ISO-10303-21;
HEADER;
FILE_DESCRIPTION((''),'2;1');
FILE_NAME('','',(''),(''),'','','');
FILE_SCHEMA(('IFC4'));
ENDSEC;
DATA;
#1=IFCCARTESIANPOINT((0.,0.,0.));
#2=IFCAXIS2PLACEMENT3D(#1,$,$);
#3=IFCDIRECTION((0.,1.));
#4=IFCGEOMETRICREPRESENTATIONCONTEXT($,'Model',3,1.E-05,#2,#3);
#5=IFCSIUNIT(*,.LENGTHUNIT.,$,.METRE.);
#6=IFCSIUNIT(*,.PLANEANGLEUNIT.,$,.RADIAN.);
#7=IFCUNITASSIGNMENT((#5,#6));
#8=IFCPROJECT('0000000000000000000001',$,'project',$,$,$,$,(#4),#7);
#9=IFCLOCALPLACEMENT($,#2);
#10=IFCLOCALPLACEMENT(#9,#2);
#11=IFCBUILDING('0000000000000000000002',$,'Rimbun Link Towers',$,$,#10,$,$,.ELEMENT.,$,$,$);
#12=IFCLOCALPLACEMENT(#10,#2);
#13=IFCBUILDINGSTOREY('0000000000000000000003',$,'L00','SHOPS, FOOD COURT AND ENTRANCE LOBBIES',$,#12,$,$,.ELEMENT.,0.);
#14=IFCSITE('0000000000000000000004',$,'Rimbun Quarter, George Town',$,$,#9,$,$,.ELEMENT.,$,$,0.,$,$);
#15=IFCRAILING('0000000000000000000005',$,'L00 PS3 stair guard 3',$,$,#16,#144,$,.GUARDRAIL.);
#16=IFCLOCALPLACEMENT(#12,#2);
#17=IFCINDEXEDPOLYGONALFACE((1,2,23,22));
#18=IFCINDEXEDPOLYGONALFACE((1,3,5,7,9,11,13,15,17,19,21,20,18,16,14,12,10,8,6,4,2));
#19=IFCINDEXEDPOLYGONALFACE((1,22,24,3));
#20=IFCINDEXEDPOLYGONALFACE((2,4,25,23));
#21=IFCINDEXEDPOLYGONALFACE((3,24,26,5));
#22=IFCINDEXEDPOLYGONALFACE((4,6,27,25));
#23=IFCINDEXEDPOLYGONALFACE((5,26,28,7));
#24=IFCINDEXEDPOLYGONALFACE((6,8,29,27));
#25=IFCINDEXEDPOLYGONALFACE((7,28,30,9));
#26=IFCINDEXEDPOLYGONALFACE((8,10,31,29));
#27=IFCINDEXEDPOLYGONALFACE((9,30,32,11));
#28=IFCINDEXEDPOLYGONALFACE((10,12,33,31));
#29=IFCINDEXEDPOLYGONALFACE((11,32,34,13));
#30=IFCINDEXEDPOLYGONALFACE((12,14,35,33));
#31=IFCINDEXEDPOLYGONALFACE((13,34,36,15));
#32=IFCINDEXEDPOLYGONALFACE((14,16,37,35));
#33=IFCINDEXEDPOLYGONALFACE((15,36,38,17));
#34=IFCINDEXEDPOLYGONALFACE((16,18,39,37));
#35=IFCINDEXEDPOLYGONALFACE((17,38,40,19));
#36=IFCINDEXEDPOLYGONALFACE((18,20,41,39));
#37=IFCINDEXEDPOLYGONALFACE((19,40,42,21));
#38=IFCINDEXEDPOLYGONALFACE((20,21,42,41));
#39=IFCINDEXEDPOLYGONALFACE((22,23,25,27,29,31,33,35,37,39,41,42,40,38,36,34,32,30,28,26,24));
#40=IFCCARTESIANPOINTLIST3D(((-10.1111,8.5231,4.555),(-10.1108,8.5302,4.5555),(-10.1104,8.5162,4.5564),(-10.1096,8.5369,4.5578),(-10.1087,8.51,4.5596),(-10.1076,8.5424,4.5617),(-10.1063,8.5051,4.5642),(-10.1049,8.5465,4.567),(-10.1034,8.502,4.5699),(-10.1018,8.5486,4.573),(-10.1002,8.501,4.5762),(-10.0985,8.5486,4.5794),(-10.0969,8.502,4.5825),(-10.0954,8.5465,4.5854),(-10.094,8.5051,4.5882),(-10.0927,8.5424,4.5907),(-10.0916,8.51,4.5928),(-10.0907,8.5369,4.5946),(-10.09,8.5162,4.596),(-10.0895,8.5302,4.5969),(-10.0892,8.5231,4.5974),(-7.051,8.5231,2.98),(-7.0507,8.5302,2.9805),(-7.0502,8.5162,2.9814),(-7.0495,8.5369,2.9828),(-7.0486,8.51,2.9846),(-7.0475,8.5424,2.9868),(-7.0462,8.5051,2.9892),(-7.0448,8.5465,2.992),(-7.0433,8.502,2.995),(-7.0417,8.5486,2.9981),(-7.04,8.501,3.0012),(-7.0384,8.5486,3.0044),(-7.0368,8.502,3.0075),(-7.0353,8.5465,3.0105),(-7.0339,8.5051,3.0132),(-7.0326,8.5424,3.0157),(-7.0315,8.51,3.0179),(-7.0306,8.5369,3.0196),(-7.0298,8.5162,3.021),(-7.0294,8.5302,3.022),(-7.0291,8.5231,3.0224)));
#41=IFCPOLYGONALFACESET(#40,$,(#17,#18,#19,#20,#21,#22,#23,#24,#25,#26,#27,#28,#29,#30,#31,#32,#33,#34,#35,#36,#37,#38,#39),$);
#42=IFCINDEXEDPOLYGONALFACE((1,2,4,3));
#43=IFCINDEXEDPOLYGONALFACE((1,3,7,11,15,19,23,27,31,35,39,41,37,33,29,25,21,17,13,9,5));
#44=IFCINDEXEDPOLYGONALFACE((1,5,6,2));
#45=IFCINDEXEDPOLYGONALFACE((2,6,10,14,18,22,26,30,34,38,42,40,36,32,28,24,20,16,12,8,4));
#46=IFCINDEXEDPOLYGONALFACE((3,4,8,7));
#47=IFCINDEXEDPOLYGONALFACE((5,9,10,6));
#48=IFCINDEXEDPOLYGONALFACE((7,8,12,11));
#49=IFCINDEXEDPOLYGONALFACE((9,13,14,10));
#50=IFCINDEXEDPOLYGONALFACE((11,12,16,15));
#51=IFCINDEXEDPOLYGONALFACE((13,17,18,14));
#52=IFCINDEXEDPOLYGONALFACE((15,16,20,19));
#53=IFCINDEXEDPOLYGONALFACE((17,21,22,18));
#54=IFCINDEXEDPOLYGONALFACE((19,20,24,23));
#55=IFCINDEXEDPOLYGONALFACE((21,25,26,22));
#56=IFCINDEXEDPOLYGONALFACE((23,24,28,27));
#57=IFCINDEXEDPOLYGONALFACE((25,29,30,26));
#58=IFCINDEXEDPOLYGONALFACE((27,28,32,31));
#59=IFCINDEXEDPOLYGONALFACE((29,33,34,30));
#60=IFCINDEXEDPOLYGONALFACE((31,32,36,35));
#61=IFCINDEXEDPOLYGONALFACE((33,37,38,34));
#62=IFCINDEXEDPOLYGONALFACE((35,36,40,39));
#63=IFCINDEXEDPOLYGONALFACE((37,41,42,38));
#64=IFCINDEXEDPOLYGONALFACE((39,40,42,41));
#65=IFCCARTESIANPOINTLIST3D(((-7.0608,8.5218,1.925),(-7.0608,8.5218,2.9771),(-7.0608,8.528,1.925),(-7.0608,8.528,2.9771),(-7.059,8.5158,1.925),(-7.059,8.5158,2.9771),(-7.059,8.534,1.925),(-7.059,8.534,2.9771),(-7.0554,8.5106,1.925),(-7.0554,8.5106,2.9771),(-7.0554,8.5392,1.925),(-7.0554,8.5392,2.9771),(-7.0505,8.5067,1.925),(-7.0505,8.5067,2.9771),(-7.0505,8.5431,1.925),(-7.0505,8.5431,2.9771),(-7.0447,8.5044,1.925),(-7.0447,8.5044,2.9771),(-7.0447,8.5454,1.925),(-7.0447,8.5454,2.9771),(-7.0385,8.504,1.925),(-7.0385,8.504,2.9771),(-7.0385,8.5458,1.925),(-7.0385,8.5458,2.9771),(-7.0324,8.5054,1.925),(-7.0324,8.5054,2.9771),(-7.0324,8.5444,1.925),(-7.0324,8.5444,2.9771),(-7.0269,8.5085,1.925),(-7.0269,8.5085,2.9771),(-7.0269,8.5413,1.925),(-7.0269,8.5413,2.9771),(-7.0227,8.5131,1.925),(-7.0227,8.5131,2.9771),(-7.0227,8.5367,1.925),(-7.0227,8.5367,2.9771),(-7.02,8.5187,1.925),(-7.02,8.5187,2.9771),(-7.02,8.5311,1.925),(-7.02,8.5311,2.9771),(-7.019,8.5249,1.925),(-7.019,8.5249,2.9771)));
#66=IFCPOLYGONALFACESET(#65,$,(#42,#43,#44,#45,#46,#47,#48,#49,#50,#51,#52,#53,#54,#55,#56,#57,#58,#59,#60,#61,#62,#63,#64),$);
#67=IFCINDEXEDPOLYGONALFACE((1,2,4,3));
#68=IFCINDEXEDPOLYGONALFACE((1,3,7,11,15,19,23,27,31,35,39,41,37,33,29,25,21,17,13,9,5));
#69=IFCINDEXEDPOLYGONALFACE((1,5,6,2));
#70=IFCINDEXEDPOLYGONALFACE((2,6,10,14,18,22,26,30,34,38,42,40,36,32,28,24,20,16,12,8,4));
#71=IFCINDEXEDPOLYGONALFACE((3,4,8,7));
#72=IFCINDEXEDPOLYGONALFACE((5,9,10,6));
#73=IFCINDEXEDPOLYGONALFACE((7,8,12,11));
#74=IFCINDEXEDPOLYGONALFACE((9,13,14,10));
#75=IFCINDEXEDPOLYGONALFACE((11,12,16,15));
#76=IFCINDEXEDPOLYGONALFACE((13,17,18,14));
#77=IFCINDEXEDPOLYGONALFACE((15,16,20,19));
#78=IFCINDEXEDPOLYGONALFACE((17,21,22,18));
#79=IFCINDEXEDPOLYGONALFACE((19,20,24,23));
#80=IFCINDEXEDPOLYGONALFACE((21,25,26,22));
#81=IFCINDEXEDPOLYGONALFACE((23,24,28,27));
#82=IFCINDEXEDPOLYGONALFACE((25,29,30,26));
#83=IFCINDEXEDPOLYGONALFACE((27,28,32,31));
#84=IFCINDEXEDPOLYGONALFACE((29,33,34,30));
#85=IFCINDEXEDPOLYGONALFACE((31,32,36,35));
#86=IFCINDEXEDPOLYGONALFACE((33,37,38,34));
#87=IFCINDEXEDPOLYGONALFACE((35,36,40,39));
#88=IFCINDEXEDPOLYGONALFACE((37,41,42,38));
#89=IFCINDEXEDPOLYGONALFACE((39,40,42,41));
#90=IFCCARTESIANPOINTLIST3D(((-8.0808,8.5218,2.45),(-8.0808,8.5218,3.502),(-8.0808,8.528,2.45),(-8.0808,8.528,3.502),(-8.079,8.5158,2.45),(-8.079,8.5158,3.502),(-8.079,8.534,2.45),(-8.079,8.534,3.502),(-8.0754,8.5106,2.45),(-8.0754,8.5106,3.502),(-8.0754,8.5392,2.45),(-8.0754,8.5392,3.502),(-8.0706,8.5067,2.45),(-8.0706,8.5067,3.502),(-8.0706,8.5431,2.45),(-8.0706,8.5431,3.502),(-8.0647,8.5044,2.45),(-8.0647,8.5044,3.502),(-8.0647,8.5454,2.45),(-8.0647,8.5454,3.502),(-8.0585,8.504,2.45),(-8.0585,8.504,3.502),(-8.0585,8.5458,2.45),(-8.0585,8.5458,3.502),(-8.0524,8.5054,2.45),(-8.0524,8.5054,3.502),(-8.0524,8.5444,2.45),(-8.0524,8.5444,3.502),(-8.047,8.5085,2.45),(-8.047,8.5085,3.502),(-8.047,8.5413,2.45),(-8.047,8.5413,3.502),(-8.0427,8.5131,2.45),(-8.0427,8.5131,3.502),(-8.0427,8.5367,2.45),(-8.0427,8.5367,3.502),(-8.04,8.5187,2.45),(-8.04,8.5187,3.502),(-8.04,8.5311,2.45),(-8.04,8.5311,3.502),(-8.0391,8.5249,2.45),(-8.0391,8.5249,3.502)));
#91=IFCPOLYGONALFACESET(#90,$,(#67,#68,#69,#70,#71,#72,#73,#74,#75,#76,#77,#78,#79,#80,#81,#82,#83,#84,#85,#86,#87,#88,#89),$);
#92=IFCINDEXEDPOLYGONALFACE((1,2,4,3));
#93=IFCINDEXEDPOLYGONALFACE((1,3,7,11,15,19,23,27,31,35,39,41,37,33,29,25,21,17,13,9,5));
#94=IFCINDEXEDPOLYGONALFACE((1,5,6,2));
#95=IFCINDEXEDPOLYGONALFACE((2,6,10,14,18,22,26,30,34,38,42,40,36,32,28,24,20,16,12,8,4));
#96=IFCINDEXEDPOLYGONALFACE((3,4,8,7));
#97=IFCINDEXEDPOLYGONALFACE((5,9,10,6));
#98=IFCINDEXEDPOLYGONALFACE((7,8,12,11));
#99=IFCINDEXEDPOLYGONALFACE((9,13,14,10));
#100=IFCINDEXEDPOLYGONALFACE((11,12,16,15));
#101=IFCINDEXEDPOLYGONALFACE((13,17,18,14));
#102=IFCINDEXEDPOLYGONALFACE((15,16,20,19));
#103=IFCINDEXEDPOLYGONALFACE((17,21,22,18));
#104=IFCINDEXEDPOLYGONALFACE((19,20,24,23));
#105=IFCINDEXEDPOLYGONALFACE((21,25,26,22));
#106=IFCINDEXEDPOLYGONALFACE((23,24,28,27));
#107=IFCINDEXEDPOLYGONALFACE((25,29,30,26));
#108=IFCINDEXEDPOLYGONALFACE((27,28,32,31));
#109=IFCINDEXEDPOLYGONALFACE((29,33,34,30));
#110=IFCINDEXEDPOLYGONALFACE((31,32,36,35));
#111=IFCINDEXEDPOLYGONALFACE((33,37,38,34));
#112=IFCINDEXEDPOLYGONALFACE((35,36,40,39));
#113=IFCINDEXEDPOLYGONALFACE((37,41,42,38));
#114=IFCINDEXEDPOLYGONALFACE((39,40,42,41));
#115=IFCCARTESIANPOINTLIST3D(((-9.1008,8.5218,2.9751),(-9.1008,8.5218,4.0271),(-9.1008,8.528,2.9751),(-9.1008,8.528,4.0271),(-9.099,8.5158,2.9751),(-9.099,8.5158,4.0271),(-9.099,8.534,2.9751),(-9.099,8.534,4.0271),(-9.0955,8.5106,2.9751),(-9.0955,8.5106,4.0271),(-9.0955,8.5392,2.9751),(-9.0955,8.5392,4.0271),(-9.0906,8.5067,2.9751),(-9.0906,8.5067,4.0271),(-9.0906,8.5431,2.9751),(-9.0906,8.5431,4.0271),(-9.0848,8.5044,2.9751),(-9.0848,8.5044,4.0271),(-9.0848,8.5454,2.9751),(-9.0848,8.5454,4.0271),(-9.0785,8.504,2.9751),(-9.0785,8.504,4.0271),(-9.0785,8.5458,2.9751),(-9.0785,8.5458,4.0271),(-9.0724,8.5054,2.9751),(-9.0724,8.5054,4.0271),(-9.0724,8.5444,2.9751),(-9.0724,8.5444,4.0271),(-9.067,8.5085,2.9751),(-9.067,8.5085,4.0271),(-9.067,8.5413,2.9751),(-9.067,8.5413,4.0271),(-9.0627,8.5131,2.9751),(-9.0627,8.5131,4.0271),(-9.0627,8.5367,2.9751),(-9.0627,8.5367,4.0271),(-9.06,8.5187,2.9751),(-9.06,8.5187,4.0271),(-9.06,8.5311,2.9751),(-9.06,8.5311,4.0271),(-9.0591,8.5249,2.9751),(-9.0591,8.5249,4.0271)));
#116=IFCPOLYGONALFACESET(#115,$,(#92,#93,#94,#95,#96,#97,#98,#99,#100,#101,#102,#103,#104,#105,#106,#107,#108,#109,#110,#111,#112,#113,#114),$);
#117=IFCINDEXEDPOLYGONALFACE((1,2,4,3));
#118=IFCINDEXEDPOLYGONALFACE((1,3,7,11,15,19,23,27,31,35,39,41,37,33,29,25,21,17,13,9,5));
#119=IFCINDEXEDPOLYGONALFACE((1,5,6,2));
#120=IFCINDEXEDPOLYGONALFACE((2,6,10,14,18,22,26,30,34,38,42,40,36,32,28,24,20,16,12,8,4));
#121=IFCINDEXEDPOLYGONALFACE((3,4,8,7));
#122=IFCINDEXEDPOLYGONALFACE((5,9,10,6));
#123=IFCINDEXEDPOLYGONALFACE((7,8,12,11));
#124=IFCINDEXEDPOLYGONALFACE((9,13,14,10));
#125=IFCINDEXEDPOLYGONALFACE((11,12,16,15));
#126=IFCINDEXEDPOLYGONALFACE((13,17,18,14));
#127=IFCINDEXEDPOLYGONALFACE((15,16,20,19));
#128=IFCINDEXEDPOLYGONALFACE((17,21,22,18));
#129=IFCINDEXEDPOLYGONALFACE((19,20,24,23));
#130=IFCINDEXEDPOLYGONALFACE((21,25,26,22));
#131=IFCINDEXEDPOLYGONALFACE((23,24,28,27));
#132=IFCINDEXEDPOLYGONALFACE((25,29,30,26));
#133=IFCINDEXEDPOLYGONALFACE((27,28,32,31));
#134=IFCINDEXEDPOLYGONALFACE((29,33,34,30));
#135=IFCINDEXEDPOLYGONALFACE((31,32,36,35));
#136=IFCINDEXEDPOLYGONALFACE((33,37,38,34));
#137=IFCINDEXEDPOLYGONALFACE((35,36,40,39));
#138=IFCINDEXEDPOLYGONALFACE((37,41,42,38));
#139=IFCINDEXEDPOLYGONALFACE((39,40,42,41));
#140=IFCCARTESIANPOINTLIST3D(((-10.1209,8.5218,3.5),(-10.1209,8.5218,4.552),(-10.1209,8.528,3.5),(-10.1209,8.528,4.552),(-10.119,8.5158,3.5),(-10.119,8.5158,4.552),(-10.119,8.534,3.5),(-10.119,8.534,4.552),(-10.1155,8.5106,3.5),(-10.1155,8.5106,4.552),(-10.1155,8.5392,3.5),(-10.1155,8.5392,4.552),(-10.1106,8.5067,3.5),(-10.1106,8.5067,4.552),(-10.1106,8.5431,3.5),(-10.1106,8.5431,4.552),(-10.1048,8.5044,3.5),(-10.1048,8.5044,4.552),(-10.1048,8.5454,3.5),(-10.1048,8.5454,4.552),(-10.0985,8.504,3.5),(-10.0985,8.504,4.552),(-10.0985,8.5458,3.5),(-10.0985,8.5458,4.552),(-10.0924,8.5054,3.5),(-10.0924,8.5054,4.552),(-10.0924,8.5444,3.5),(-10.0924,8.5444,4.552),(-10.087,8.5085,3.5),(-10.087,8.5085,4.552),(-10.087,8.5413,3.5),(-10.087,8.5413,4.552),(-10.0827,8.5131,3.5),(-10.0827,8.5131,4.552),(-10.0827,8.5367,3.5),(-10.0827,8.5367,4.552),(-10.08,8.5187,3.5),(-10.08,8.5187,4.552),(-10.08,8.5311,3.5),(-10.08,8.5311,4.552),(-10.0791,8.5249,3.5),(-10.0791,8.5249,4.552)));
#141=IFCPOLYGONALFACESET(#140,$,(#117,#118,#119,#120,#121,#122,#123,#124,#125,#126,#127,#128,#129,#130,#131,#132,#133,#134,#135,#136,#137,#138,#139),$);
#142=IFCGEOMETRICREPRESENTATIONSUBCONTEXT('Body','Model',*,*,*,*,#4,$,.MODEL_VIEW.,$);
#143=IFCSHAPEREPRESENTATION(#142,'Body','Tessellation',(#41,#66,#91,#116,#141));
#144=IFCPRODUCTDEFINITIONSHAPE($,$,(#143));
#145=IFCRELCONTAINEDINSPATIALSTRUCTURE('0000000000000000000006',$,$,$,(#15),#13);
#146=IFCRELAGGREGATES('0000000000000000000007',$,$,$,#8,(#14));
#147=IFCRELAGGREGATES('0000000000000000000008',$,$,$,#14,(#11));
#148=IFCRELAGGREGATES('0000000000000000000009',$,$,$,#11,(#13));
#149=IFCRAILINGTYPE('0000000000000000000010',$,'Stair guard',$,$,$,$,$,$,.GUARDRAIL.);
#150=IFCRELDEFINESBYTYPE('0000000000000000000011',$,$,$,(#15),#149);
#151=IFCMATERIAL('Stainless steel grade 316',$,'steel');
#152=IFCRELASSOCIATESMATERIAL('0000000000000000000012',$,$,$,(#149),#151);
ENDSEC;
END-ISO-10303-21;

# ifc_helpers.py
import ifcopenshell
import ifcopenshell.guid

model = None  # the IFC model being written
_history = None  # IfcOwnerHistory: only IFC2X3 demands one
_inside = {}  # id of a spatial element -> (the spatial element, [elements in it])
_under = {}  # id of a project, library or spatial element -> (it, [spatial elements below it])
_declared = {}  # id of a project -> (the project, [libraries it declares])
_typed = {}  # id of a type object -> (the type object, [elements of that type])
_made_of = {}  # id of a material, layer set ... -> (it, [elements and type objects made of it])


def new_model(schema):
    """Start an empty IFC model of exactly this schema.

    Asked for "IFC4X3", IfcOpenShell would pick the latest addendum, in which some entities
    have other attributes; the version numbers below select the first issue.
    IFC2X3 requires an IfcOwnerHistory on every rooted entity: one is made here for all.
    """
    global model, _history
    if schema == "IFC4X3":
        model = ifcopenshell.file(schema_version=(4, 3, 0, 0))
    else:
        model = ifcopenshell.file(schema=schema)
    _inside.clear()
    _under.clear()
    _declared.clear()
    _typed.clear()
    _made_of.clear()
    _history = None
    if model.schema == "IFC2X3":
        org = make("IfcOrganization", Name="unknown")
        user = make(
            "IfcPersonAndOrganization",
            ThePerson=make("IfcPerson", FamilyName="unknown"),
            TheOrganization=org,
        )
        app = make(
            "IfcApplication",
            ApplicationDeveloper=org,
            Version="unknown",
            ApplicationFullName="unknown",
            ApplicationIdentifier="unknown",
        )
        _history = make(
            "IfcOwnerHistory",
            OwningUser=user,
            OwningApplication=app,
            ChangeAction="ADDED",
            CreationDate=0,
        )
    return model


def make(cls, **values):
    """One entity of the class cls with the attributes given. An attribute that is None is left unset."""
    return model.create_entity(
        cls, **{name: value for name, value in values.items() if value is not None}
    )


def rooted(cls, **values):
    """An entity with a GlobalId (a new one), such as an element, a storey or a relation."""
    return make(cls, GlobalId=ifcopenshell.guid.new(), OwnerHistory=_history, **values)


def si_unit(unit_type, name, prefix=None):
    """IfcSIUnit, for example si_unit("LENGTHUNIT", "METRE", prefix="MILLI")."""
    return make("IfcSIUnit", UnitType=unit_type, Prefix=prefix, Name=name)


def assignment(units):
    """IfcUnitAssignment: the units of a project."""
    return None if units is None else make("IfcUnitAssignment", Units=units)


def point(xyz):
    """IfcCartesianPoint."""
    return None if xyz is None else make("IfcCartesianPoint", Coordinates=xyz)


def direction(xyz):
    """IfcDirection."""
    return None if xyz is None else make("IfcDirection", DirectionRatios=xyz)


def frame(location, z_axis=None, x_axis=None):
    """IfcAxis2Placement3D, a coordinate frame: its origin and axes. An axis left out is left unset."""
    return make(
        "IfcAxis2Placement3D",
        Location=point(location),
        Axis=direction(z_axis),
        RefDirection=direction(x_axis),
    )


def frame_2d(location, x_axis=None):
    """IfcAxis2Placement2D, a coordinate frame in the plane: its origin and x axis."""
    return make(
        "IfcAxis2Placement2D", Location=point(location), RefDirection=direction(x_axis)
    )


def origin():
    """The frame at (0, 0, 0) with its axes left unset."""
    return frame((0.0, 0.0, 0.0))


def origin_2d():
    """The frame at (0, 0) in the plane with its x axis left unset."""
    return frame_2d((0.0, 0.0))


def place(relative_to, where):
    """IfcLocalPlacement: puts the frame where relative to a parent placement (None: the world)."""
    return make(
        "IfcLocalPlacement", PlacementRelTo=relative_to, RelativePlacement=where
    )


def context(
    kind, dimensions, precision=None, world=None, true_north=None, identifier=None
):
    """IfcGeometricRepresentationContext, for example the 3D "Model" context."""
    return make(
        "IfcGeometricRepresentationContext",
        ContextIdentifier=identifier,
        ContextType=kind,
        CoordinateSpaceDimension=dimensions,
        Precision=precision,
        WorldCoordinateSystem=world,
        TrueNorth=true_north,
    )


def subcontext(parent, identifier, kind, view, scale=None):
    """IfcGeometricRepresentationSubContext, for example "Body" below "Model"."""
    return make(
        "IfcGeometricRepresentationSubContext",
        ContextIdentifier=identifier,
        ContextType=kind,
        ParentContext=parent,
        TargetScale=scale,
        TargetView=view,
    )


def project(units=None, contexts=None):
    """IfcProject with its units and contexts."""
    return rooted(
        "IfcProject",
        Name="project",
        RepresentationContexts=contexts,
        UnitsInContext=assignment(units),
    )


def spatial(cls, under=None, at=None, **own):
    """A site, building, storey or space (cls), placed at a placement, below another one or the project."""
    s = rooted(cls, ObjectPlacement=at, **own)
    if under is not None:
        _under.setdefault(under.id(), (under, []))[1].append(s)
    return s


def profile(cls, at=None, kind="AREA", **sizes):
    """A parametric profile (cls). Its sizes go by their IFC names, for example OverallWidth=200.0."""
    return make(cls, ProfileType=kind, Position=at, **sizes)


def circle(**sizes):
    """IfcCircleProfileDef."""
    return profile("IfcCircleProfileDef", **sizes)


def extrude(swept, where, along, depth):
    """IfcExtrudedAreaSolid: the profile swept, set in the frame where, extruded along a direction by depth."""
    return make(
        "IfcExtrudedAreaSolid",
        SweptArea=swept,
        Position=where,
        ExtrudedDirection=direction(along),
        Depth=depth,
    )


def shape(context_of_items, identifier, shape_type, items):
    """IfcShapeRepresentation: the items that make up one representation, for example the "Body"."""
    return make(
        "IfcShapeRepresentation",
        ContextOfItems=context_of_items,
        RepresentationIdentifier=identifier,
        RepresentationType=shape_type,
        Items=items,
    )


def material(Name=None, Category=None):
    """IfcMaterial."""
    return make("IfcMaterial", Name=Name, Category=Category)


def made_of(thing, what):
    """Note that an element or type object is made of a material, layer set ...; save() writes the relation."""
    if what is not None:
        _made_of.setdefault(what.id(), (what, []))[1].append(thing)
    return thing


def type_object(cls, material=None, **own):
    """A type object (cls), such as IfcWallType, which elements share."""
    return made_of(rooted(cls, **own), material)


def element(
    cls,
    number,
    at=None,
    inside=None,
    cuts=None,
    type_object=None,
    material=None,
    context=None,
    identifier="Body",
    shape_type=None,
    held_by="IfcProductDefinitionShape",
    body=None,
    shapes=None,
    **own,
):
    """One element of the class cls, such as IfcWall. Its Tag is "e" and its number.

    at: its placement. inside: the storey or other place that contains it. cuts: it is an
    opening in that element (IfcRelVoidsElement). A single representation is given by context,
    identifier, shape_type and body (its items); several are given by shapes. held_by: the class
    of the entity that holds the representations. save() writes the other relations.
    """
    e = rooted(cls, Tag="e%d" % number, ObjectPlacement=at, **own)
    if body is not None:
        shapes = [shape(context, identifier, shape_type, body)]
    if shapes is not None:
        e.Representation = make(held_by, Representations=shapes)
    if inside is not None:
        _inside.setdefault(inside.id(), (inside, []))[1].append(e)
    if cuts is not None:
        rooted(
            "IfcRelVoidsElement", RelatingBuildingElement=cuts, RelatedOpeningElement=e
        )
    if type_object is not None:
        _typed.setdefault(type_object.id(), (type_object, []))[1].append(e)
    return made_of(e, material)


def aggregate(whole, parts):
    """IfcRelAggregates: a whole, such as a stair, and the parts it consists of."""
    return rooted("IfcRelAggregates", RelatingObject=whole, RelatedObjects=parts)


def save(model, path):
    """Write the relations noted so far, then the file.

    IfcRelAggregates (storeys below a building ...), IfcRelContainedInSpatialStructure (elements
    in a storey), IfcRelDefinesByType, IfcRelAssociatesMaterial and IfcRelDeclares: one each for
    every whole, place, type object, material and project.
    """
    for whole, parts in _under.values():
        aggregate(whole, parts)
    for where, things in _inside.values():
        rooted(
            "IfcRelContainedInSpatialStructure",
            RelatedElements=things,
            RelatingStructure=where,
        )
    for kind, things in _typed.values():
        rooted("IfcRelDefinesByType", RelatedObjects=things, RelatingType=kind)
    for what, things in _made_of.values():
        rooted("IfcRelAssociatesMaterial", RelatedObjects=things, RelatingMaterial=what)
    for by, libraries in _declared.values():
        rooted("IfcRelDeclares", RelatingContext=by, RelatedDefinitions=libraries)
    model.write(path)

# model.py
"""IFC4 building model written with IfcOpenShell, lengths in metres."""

from ifc_helpers import new_model, si_unit, direction, frame, origin, origin_2d, place, context, subcontext, project, spatial, circle, extrude, material, type_object, element, save


model = new_model("IFC4")

# Units and contexts
model_context = context("Model", 3, precision=1e-05, world=origin(), true_north=direction((0.0, 1.0)))
body_context = subcontext(model_context, "Body", "Model", "MODEL_VIEW")
ifc_project = project(units=[si_unit("LENGTHUNIT", "METRE"), si_unit("PLANEANGLEUNIT", "RADIAN")], contexts=[model_context])

# Site, building, storey
site_placement = place(None, origin())
site = spatial("IfcSite", under=ifc_project, at=site_placement, Name="Rimbun Quarter, George Town", CompositionType="ELEMENT", RefElevation=0.0)
building_placement = place(site_placement, origin())
building = spatial("IfcBuilding", under=site, at=building_placement, Name="Rimbun Link Towers", CompositionType="ELEMENT")
storey_placement = place(building_placement, origin())
storey = spatial("IfcBuildingStorey", under=building, at=storey_placement, Name="L00", Description="SHOPS, FOOD COURT AND ENTRANCE LOBBIES", CompositionType="ELEMENT", Elevation=0.0)

# Railing
ifc_material_1 = material(Name="Stainless steel grade 316", Category="steel")
railing_type_1 = type_object("IfcRailingType", Name="Stair guard", PredefinedType="GUARDRAIL", material=ifc_material_1)
railing_1_placement = place(storey_placement, frame((-7.04, 8.5249, 1.925)))
element("IfcRailing", 1, at=railing_1_placement, inside=storey, type_object=railing_type_1, Name="L00 PS3 stair guard 3", PredefinedType="GUARDRAIL", context=body_context, shape_type="SweptSolid", body=[
    extrude(circle(Radius=0.0239, at=origin_2d()), frame((0.0, 0.0, 1.0762), z_axis=(-0.889145, 0.0, 0.457625), x_axis=(0.0, -1.0, 0.0)), (0.0, 0.0, 1.0), 3.4417),
    extrude(circle(Radius=0.021, at=origin_2d()), origin(), (0.0, 0.0, 1.0), 1.052),
    extrude(circle(Radius=0.021, at=origin_2d()), frame((-1.02, 0.0, 0.5249)), (0.0, 0.0, 1.0), 1.052),
    extrude(circle(Radius=0.021, at=origin_2d()), frame((-2.04, 0.0, 1.05)), (0.0, 0.0, 1.0), 1.052),
    extrude(circle(Radius=0.021, at=origin_2d()), frame((-3.0601, 0.0, 1.575)), (0.0, 0.0, 1.0), 1.052),
])

save(model, "model.ifc")
